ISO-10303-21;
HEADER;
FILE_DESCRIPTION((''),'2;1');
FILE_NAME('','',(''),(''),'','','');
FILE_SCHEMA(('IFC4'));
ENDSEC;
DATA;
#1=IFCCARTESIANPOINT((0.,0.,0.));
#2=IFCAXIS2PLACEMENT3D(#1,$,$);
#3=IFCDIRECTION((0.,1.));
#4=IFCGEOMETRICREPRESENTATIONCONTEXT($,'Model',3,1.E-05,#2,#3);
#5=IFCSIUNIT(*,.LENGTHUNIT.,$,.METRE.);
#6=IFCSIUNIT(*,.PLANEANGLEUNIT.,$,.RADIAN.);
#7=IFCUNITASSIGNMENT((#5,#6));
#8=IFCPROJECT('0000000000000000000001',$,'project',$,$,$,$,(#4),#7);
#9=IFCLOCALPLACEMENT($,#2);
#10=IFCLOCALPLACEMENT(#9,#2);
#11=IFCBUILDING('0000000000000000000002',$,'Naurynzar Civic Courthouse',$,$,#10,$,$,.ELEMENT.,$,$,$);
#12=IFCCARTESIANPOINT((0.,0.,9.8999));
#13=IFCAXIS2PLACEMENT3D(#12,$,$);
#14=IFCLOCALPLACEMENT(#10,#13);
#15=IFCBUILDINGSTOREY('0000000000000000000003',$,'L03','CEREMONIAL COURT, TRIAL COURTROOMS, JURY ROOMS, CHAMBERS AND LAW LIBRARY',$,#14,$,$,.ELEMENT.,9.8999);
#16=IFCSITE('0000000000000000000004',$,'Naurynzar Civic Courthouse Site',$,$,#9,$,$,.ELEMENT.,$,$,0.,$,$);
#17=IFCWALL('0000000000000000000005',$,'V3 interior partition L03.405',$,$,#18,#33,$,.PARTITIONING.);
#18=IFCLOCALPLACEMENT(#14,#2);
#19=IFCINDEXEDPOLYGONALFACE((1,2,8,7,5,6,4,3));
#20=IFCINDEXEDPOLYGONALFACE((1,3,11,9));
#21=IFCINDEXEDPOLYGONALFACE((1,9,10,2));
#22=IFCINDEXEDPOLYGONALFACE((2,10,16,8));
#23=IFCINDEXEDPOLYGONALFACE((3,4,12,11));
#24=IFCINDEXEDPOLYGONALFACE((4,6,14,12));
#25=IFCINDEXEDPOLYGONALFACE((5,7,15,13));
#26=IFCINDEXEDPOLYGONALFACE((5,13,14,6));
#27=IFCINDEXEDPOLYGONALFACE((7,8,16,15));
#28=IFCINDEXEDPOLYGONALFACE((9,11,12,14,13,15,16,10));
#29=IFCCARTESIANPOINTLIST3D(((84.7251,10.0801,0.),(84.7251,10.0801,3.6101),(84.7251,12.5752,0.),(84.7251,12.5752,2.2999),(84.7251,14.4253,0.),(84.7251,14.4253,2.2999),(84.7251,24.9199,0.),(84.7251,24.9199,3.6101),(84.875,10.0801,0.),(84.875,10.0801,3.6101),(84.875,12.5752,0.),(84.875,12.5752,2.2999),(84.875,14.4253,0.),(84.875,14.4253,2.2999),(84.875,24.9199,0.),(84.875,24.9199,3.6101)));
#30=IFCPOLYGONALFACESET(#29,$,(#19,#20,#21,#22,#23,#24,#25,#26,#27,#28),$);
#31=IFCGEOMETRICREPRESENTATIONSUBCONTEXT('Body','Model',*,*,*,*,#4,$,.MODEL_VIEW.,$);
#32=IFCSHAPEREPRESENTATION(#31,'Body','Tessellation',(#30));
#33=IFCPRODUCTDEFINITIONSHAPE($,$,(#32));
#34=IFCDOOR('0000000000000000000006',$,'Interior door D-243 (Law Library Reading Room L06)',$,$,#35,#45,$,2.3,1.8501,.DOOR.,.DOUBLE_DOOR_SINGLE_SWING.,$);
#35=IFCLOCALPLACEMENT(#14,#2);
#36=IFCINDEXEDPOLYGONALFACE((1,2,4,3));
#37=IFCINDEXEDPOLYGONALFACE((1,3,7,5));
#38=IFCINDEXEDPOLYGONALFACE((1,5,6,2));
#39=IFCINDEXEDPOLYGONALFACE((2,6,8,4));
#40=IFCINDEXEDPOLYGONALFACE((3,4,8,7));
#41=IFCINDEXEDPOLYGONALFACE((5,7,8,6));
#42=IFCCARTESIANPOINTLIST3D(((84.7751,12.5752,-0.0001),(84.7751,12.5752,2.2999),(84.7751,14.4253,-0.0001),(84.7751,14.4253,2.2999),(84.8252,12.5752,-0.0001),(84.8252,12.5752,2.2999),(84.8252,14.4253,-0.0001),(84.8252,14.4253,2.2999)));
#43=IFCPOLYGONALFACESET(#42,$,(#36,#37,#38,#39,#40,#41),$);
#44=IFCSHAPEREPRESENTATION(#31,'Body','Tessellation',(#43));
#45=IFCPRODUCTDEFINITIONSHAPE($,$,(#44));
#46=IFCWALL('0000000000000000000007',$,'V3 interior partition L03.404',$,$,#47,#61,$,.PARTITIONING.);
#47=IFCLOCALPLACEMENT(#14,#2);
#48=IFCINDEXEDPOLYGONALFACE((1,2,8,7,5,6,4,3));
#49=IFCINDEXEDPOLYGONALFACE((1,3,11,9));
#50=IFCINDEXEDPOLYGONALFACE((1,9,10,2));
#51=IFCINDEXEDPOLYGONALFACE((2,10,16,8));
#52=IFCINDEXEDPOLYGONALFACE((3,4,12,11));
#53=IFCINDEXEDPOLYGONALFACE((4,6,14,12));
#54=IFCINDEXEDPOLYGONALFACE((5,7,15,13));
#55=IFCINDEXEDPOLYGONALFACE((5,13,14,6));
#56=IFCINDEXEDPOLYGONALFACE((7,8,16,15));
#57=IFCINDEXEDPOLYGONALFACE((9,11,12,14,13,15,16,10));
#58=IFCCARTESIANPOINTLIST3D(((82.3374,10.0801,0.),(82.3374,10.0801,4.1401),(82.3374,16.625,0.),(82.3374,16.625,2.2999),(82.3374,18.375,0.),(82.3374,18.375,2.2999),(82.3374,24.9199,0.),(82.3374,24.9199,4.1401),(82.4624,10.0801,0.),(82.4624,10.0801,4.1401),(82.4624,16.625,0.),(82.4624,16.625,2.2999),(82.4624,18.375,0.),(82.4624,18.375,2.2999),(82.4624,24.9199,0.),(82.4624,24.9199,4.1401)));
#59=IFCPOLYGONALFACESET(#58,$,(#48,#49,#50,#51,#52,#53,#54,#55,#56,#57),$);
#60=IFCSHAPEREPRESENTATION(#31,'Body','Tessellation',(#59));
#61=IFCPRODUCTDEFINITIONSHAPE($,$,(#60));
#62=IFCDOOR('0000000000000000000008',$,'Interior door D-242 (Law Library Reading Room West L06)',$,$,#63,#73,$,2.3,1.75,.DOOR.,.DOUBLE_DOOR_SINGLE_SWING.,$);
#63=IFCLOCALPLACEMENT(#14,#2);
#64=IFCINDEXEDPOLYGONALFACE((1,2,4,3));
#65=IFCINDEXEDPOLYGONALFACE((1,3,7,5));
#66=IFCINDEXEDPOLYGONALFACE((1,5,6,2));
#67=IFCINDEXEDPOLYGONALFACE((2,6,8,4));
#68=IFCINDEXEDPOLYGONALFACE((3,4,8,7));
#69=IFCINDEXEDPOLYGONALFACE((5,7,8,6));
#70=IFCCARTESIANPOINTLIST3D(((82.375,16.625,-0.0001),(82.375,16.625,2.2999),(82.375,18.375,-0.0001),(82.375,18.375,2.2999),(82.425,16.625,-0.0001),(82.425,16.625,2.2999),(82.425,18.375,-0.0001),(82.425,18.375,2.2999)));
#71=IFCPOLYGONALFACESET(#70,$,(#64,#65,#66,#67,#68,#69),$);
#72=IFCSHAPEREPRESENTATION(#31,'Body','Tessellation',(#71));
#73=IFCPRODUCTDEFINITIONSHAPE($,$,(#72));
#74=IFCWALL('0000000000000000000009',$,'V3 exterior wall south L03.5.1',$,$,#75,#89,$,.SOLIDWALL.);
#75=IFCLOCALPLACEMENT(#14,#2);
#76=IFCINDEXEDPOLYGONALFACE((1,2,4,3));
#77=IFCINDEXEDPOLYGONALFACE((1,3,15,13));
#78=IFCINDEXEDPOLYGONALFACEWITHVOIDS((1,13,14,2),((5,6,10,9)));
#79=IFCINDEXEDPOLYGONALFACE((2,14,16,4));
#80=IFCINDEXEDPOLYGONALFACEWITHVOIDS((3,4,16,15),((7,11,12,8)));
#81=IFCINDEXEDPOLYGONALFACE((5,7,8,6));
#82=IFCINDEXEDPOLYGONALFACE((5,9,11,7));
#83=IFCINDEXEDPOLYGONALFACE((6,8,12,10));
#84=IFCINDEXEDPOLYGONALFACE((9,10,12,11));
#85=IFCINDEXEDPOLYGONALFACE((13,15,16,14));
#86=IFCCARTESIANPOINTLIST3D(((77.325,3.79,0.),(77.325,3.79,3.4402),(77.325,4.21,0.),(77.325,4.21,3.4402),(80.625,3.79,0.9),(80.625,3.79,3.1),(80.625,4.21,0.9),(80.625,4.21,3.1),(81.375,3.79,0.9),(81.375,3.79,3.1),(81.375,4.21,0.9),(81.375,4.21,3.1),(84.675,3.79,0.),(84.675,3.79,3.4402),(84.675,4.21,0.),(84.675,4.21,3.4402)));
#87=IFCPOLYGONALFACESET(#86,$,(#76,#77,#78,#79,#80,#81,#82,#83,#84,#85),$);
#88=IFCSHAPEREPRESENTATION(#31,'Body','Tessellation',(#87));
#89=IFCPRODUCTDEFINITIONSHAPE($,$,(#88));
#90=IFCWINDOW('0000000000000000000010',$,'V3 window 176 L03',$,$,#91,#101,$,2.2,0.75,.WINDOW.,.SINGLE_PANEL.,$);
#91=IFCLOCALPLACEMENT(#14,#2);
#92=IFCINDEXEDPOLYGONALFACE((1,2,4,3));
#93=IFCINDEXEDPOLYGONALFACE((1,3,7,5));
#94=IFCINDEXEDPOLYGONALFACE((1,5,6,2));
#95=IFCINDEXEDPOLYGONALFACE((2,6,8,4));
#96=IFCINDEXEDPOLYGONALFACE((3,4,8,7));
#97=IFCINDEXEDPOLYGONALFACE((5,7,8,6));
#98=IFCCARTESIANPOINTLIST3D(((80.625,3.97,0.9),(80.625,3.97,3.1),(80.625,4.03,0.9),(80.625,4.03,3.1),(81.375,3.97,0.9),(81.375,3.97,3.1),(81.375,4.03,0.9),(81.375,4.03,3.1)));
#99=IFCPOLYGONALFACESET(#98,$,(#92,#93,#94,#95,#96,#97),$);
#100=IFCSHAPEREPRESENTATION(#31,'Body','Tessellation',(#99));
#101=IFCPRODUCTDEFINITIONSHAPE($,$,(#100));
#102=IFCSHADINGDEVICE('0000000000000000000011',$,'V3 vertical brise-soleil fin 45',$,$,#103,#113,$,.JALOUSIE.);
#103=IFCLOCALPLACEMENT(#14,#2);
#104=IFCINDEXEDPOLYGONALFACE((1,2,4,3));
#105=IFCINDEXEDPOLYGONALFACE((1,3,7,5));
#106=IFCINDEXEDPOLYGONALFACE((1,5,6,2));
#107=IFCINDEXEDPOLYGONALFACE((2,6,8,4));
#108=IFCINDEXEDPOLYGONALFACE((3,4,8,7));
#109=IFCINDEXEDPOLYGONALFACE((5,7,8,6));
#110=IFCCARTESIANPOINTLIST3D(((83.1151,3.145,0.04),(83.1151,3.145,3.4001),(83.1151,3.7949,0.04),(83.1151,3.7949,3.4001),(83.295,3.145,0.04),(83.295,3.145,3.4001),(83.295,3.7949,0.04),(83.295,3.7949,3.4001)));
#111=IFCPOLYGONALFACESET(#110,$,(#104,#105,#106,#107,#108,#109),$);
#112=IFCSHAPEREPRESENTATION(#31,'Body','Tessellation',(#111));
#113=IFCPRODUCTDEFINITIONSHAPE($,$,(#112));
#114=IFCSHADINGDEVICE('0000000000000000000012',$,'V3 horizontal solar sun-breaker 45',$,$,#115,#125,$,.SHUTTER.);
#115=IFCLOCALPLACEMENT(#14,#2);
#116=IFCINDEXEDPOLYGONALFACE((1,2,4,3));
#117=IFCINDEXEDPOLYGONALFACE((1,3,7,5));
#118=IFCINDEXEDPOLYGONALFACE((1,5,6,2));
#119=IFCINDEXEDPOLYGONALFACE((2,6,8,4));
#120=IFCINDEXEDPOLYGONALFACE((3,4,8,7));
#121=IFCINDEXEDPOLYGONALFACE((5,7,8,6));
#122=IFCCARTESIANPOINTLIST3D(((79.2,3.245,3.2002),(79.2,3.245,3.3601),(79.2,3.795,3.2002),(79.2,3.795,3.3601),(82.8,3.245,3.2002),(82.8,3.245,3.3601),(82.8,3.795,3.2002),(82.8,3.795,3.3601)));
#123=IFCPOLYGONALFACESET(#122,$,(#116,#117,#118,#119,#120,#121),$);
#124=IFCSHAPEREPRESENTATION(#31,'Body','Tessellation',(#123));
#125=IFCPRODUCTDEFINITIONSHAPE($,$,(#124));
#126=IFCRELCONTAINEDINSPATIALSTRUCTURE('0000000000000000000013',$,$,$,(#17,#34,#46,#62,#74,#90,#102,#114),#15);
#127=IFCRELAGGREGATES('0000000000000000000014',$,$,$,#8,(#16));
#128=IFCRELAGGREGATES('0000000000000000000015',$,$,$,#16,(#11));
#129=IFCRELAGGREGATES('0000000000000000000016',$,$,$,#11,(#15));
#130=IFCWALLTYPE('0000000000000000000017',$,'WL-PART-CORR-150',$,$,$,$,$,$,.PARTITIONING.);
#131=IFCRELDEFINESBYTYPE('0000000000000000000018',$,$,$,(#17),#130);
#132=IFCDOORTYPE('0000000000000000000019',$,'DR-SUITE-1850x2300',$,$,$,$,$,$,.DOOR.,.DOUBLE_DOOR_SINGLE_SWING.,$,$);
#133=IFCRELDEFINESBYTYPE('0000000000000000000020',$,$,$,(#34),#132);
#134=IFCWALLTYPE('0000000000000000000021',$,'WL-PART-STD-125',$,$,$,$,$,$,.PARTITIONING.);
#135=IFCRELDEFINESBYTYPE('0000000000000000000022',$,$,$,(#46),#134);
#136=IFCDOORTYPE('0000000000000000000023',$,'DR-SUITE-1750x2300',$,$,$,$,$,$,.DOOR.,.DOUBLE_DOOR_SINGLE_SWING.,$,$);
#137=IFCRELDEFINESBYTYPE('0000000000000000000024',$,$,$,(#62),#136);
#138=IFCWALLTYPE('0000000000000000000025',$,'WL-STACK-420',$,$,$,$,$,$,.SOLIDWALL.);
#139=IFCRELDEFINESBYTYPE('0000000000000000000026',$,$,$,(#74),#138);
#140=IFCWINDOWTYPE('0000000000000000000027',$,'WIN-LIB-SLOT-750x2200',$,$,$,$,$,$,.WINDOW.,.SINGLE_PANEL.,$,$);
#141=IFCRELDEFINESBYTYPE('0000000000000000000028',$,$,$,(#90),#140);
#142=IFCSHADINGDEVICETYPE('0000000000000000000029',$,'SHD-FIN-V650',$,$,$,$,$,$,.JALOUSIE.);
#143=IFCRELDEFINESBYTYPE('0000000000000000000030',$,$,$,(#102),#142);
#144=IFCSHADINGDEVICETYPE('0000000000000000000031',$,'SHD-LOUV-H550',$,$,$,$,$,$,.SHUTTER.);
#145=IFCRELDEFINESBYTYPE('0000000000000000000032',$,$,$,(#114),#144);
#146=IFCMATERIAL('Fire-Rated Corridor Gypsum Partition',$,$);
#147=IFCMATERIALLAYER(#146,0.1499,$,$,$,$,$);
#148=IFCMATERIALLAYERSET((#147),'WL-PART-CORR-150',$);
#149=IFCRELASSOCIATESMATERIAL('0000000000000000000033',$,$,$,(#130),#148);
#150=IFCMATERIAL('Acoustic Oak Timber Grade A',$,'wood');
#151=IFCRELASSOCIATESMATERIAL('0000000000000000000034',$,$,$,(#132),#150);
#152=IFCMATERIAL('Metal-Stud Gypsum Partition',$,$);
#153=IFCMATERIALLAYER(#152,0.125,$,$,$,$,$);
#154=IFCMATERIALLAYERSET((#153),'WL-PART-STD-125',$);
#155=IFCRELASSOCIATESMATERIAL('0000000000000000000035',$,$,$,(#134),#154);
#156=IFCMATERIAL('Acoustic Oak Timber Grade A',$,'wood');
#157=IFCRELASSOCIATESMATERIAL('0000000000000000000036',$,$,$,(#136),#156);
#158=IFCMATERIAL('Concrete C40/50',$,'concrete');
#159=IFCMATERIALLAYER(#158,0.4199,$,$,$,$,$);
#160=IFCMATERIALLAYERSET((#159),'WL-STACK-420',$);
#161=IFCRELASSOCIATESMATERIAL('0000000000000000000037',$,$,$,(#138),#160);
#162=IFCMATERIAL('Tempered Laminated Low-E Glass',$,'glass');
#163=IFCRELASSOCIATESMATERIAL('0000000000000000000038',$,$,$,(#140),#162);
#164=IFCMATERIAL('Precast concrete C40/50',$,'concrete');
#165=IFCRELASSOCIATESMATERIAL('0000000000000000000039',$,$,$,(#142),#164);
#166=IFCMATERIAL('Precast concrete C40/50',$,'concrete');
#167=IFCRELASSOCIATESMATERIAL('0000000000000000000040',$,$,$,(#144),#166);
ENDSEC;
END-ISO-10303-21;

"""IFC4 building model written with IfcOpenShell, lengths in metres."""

from ifc_helpers import new_model, si_unit, direction, frame, frame_2d, origin, origin_2d, place, context, subcontext, project, spatial, rectangle, extrude, material, layer, layer_set, type_object, element, fill, save


model = new_model("IFC4")

# Units and contexts
model_context = context("Model", 3, precision=1e-05, world=origin(), true_north=direction((0.0, 1.0)))
body_context = subcontext(model_context, "Body", "Model", "MODEL_VIEW")
ifc_project = project(units=[si_unit("LENGTHUNIT", "METRE"), si_unit("PLANEANGLEUNIT", "RADIAN")], contexts=[model_context])

# Site, building, storey
site_placement = place(None, origin())
site = spatial("IfcSite", under=ifc_project, at=site_placement, Name="Naurynzar Civic Courthouse Site", CompositionType="ELEMENT", RefElevation=0.0)
building_placement = place(site_placement, origin())
building = spatial("IfcBuilding", under=site, at=building_placement, Name="Naurynzar Civic Courthouse", CompositionType="ELEMENT")
storey_placement = place(building_placement, frame((0.0, 0.0, 9.8999)))
storey = spatial("IfcBuildingStorey", under=building, at=storey_placement, Name="L03", Description="CEREMONIAL COURT, TRIAL COURTROOMS, JURY ROOMS, CHAMBERS AND LAW LIBRARY", CompositionType="ELEMENT", Elevation=9.8999)

# Walls, openings, doors
ifc_material_1 = material(Name="Fire-Rated Corridor Gypsum Partition")
ifc_layer_1 = layer(ifc_material_1, 0.1499)
ifc_layer_set_1 = layer_set([ifc_layer_1], Name="WL-PART-CORR-150")
wall_type_1 = type_object("IfcWallType", Name="WL-PART-CORR-150", PredefinedType="PARTITIONING", material=ifc_layer_set_1)
wall_1_placement = place(storey_placement, frame((84.8, 10.0801, 0.0), z_axis=(0.0, 0.0, 1.0), x_axis=(0.0, 1.0, 0.0)))
wall_1 = element("IfcWall", 1, at=wall_1_placement, inside=storey, type_object=wall_type_1, Name="V3 interior partition L03.405", PredefinedType="PARTITIONING", context=body_context, shape_type="SweptSolid", body=[
    extrude(rectangle(XDim=14.8398, YDim=0.1499, at=frame_2d((7.4199, 0.0))), origin(), (0.0, 0.0, 1.0), 3.6101),
])
opening_1_placement = place(wall_1_placement, frame((2.4951, 0.0, 0.0)))
opening_1 = element("IfcOpeningElement", 2, at=opening_1_placement, cuts=wall_1, PredefinedType="OPENING", context=body_context, shape_type="SweptSolid", body=[
    extrude(rectangle(XDim=1.8501, YDim=2.3, at=frame_2d((0.925, 1.1499))), frame((0.0, 0.085, 0.0), z_axis=(0.0, -1.0, 0.0), x_axis=(1.0, 0.0, 0.0)), (0.0, 0.0, 1.0), 0.1699),
])
ifc_material_2 = material(Name="Acoustic Oak Timber Grade A", Category="wood")
door_type_1 = type_object("IfcDoorType", Name="DR-SUITE-1850x2300", OperationType="DOUBLE_DOOR_SINGLE_SWING", PredefinedType="DOOR", material=ifc_material_2)
door_1_placement = place(opening_1_placement, origin())
door_1 = element("IfcDoor", 3, at=door_1_placement, inside=storey, type_object=door_type_1, Name="Interior door D-243 (Law Library Reading Room L06)", OperationType="DOUBLE_DOOR_SINGLE_SWING", OverallHeight=2.3, OverallWidth=1.8501, PredefinedType="DOOR", context=body_context, shape_type="SweptSolid", body=[
    extrude(rectangle(XDim=1.8501, YDim=2.3, at=frame_2d((0.925, 1.1499))), frame((0.0, 0.0249, 0.0), z_axis=(0.0, -1.0, 0.0), x_axis=(1.0, 0.0, 0.0)), (0.0, 0.0, 1.0), 0.05),
])
fill(opening_1, door_1)
ifc_material_3 = material(Name="Metal-Stud Gypsum Partition")
ifc_layer_2 = layer(ifc_material_3, 0.125)
ifc_layer_set_2 = layer_set([ifc_layer_2], Name="WL-PART-STD-125")
wall_type_2 = type_object("IfcWallType", Name="WL-PART-STD-125", PredefinedType="PARTITIONING", material=ifc_layer_set_2)
wall_2_placement = place(storey_placement, frame((82.3999, 10.0801, 0.0), z_axis=(0.0, 0.0, 1.0), x_axis=(0.0, 1.0, 0.0)))
wall_2 = element("IfcWall", 4, at=wall_2_placement, inside=storey, type_object=wall_type_2, Name="V3 interior partition L03.404", PredefinedType="PARTITIONING", context=body_context, shape_type="SweptSolid", body=[
    extrude(rectangle(XDim=14.8398, YDim=0.125, at=frame_2d((7.4199, 0.0))), origin(), (0.0, 0.0, 1.0), 4.1401),
])
opening_2_placement = place(wall_2_placement, frame((6.5449, 0.0, 0.0)))
opening_2 = element("IfcOpeningElement", 5, at=opening_2_placement, cuts=wall_2, PredefinedType="OPENING", context=body_context, shape_type="SweptSolid", body=[
    extrude(rectangle(XDim=1.75, YDim=2.3, at=frame_2d((0.875, 1.1499))), frame((0.0, 0.0725, 0.0), z_axis=(0.0, -1.0, 0.0), x_axis=(1.0, 0.0, 0.0)), (0.0, 0.0, 1.0), 0.145),
])
ifc_material_4 = material(Name="Acoustic Oak Timber Grade A", Category="wood")
door_type_2 = type_object("IfcDoorType", Name="DR-SUITE-1750x2300", OperationType="DOUBLE_DOOR_SINGLE_SWING", PredefinedType="DOOR", material=ifc_material_4)
door_2_placement = place(opening_2_placement, origin())
door_2 = element("IfcDoor", 6, at=door_2_placement, inside=storey, type_object=door_type_2, Name="Interior door D-242 (Law Library Reading Room West L06)", OperationType="DOUBLE_DOOR_SINGLE_SWING", OverallHeight=2.3, OverallWidth=1.75, PredefinedType="DOOR", context=body_context, shape_type="SweptSolid", body=[
    extrude(rectangle(XDim=1.75, YDim=2.3, at=frame_2d((0.875, 1.1499))), frame((0.0, 0.0249, 0.0), z_axis=(0.0, -1.0, 0.0), x_axis=(1.0, 0.0, 0.0)), (0.0, 0.0, 1.0), 0.05),
])
fill(opening_2, door_2)

# Wall, opening, window
ifc_material_5 = material(Name="Concrete C40/50", Category="concrete")
ifc_layer_3 = layer(ifc_material_5, 0.4199)
ifc_layer_set_3 = layer_set([ifc_layer_3], Name="WL-STACK-420")
wall_type_3 = type_object("IfcWallType", Name="WL-STACK-420", PredefinedType="SOLIDWALL", material=ifc_layer_set_3)
wall_3_placement = place(storey_placement, frame((84.675, 4.0, 0.0), z_axis=(0.0, 0.0, 1.0), x_axis=(-1.0, 0.0, 0.0)))
wall_3 = element("IfcWall", 7, at=wall_3_placement, inside=storey, type_object=wall_type_3, Name="V3 exterior wall south L03.5.1", PredefinedType="SOLIDWALL", context=body_context, shape_type="SweptSolid", body=[
    extrude(rectangle(XDim=7.3501, YDim=0.4199, at=frame_2d((3.675, 0.0))), origin(), (0.0, 0.0, 1.0), 3.4402),
])
opening_3_placement = place(wall_3_placement, frame((3.3, 0.0, 0.8999)))
opening_3 = element("IfcOpeningElement", 8, at=opening_3_placement, cuts=wall_3, PredefinedType="OPENING", context=body_context, shape_type="SweptSolid", body=[
    extrude(rectangle(XDim=0.75, YDim=2.2, at=frame_2d((0.375, 1.1001))), frame((0.0, 0.22, 0.0), z_axis=(0.0, -1.0, 0.0), x_axis=(1.0, 0.0, 0.0)), (0.0, 0.0, 1.0), 0.4399),
])
ifc_material_6 = material(Name="Tempered Laminated Low-E Glass", Category="glass")
window_type = type_object("IfcWindowType", Name="WIN-LIB-SLOT-750x2200", PartitioningType="SINGLE_PANEL", PredefinedType="WINDOW", material=ifc_material_6)
window_placement = place(opening_3_placement, origin())
window = element("IfcWindow", 9, at=window_placement, inside=storey, type_object=window_type, Name="V3 window 176 L03", OverallHeight=2.2, OverallWidth=0.75, PartitioningType="SINGLE_PANEL", PredefinedType="WINDOW", context=body_context, shape_type="SweptSolid", body=[
    extrude(rectangle(XDim=0.75, YDim=2.2, at=frame_2d((0.375, 1.1001))), frame((0.0, 0.03, 0.0), z_axis=(0.0, -1.0, 0.0), x_axis=(1.0, 0.0, 0.0)), (0.0, 0.0, 1.0), 0.0601),
])
fill(opening_3, window)

# Shading devices
ifc_material_7 = material(Name="Precast concrete C40/50", Category="concrete")
shading_device_type_1 = type_object("IfcShadingDeviceType", Name="SHD-FIN-V650", PredefinedType="JALOUSIE", material=ifc_material_7)
shading_device_1_placement = place(storey_placement, frame((83.2051, 3.47, 0.04), z_axis=(0.0, 0.0, 1.0), x_axis=(-1.0, 0.0, 0.0)))
element("IfcShadingDevice", 10, at=shading_device_1_placement, inside=storey, type_object=shading_device_type_1, Name="V3 vertical brise-soleil fin 45", PredefinedType="JALOUSIE", context=body_context, shape_type="SweptSolid", body=[
    extrude(rectangle(XDim=0.1799, YDim=0.6499, at=origin_2d()), origin(), (0.0, 0.0, 1.0), 3.3601),
])
ifc_material_8 = material(Name="Precast concrete C40/50", Category="concrete")
shading_device_type_2 = type_object("IfcShadingDeviceType", Name="SHD-LOUV-H550", PredefinedType="SHUTTER", material=ifc_material_8)
shading_device_2_placement = place(storey_placement, frame((81.0, 3.52, 3.2002), z_axis=(0.0, 0.0, 1.0), x_axis=(-1.0, 0.0, 0.0)))
element("IfcShadingDevice", 11, at=shading_device_2_placement, inside=storey, type_object=shading_device_type_2, Name="V3 horizontal solar sun-breaker 45", PredefinedType="SHUTTER", context=body_context, shape_type="SweptSolid", body=[
    extrude(rectangle(XDim=3.6001, YDim=0.55, at=origin_2d()), origin(), (0.0, 0.0, 1.0), 0.1599),
])

save(model, "model.ifc")
